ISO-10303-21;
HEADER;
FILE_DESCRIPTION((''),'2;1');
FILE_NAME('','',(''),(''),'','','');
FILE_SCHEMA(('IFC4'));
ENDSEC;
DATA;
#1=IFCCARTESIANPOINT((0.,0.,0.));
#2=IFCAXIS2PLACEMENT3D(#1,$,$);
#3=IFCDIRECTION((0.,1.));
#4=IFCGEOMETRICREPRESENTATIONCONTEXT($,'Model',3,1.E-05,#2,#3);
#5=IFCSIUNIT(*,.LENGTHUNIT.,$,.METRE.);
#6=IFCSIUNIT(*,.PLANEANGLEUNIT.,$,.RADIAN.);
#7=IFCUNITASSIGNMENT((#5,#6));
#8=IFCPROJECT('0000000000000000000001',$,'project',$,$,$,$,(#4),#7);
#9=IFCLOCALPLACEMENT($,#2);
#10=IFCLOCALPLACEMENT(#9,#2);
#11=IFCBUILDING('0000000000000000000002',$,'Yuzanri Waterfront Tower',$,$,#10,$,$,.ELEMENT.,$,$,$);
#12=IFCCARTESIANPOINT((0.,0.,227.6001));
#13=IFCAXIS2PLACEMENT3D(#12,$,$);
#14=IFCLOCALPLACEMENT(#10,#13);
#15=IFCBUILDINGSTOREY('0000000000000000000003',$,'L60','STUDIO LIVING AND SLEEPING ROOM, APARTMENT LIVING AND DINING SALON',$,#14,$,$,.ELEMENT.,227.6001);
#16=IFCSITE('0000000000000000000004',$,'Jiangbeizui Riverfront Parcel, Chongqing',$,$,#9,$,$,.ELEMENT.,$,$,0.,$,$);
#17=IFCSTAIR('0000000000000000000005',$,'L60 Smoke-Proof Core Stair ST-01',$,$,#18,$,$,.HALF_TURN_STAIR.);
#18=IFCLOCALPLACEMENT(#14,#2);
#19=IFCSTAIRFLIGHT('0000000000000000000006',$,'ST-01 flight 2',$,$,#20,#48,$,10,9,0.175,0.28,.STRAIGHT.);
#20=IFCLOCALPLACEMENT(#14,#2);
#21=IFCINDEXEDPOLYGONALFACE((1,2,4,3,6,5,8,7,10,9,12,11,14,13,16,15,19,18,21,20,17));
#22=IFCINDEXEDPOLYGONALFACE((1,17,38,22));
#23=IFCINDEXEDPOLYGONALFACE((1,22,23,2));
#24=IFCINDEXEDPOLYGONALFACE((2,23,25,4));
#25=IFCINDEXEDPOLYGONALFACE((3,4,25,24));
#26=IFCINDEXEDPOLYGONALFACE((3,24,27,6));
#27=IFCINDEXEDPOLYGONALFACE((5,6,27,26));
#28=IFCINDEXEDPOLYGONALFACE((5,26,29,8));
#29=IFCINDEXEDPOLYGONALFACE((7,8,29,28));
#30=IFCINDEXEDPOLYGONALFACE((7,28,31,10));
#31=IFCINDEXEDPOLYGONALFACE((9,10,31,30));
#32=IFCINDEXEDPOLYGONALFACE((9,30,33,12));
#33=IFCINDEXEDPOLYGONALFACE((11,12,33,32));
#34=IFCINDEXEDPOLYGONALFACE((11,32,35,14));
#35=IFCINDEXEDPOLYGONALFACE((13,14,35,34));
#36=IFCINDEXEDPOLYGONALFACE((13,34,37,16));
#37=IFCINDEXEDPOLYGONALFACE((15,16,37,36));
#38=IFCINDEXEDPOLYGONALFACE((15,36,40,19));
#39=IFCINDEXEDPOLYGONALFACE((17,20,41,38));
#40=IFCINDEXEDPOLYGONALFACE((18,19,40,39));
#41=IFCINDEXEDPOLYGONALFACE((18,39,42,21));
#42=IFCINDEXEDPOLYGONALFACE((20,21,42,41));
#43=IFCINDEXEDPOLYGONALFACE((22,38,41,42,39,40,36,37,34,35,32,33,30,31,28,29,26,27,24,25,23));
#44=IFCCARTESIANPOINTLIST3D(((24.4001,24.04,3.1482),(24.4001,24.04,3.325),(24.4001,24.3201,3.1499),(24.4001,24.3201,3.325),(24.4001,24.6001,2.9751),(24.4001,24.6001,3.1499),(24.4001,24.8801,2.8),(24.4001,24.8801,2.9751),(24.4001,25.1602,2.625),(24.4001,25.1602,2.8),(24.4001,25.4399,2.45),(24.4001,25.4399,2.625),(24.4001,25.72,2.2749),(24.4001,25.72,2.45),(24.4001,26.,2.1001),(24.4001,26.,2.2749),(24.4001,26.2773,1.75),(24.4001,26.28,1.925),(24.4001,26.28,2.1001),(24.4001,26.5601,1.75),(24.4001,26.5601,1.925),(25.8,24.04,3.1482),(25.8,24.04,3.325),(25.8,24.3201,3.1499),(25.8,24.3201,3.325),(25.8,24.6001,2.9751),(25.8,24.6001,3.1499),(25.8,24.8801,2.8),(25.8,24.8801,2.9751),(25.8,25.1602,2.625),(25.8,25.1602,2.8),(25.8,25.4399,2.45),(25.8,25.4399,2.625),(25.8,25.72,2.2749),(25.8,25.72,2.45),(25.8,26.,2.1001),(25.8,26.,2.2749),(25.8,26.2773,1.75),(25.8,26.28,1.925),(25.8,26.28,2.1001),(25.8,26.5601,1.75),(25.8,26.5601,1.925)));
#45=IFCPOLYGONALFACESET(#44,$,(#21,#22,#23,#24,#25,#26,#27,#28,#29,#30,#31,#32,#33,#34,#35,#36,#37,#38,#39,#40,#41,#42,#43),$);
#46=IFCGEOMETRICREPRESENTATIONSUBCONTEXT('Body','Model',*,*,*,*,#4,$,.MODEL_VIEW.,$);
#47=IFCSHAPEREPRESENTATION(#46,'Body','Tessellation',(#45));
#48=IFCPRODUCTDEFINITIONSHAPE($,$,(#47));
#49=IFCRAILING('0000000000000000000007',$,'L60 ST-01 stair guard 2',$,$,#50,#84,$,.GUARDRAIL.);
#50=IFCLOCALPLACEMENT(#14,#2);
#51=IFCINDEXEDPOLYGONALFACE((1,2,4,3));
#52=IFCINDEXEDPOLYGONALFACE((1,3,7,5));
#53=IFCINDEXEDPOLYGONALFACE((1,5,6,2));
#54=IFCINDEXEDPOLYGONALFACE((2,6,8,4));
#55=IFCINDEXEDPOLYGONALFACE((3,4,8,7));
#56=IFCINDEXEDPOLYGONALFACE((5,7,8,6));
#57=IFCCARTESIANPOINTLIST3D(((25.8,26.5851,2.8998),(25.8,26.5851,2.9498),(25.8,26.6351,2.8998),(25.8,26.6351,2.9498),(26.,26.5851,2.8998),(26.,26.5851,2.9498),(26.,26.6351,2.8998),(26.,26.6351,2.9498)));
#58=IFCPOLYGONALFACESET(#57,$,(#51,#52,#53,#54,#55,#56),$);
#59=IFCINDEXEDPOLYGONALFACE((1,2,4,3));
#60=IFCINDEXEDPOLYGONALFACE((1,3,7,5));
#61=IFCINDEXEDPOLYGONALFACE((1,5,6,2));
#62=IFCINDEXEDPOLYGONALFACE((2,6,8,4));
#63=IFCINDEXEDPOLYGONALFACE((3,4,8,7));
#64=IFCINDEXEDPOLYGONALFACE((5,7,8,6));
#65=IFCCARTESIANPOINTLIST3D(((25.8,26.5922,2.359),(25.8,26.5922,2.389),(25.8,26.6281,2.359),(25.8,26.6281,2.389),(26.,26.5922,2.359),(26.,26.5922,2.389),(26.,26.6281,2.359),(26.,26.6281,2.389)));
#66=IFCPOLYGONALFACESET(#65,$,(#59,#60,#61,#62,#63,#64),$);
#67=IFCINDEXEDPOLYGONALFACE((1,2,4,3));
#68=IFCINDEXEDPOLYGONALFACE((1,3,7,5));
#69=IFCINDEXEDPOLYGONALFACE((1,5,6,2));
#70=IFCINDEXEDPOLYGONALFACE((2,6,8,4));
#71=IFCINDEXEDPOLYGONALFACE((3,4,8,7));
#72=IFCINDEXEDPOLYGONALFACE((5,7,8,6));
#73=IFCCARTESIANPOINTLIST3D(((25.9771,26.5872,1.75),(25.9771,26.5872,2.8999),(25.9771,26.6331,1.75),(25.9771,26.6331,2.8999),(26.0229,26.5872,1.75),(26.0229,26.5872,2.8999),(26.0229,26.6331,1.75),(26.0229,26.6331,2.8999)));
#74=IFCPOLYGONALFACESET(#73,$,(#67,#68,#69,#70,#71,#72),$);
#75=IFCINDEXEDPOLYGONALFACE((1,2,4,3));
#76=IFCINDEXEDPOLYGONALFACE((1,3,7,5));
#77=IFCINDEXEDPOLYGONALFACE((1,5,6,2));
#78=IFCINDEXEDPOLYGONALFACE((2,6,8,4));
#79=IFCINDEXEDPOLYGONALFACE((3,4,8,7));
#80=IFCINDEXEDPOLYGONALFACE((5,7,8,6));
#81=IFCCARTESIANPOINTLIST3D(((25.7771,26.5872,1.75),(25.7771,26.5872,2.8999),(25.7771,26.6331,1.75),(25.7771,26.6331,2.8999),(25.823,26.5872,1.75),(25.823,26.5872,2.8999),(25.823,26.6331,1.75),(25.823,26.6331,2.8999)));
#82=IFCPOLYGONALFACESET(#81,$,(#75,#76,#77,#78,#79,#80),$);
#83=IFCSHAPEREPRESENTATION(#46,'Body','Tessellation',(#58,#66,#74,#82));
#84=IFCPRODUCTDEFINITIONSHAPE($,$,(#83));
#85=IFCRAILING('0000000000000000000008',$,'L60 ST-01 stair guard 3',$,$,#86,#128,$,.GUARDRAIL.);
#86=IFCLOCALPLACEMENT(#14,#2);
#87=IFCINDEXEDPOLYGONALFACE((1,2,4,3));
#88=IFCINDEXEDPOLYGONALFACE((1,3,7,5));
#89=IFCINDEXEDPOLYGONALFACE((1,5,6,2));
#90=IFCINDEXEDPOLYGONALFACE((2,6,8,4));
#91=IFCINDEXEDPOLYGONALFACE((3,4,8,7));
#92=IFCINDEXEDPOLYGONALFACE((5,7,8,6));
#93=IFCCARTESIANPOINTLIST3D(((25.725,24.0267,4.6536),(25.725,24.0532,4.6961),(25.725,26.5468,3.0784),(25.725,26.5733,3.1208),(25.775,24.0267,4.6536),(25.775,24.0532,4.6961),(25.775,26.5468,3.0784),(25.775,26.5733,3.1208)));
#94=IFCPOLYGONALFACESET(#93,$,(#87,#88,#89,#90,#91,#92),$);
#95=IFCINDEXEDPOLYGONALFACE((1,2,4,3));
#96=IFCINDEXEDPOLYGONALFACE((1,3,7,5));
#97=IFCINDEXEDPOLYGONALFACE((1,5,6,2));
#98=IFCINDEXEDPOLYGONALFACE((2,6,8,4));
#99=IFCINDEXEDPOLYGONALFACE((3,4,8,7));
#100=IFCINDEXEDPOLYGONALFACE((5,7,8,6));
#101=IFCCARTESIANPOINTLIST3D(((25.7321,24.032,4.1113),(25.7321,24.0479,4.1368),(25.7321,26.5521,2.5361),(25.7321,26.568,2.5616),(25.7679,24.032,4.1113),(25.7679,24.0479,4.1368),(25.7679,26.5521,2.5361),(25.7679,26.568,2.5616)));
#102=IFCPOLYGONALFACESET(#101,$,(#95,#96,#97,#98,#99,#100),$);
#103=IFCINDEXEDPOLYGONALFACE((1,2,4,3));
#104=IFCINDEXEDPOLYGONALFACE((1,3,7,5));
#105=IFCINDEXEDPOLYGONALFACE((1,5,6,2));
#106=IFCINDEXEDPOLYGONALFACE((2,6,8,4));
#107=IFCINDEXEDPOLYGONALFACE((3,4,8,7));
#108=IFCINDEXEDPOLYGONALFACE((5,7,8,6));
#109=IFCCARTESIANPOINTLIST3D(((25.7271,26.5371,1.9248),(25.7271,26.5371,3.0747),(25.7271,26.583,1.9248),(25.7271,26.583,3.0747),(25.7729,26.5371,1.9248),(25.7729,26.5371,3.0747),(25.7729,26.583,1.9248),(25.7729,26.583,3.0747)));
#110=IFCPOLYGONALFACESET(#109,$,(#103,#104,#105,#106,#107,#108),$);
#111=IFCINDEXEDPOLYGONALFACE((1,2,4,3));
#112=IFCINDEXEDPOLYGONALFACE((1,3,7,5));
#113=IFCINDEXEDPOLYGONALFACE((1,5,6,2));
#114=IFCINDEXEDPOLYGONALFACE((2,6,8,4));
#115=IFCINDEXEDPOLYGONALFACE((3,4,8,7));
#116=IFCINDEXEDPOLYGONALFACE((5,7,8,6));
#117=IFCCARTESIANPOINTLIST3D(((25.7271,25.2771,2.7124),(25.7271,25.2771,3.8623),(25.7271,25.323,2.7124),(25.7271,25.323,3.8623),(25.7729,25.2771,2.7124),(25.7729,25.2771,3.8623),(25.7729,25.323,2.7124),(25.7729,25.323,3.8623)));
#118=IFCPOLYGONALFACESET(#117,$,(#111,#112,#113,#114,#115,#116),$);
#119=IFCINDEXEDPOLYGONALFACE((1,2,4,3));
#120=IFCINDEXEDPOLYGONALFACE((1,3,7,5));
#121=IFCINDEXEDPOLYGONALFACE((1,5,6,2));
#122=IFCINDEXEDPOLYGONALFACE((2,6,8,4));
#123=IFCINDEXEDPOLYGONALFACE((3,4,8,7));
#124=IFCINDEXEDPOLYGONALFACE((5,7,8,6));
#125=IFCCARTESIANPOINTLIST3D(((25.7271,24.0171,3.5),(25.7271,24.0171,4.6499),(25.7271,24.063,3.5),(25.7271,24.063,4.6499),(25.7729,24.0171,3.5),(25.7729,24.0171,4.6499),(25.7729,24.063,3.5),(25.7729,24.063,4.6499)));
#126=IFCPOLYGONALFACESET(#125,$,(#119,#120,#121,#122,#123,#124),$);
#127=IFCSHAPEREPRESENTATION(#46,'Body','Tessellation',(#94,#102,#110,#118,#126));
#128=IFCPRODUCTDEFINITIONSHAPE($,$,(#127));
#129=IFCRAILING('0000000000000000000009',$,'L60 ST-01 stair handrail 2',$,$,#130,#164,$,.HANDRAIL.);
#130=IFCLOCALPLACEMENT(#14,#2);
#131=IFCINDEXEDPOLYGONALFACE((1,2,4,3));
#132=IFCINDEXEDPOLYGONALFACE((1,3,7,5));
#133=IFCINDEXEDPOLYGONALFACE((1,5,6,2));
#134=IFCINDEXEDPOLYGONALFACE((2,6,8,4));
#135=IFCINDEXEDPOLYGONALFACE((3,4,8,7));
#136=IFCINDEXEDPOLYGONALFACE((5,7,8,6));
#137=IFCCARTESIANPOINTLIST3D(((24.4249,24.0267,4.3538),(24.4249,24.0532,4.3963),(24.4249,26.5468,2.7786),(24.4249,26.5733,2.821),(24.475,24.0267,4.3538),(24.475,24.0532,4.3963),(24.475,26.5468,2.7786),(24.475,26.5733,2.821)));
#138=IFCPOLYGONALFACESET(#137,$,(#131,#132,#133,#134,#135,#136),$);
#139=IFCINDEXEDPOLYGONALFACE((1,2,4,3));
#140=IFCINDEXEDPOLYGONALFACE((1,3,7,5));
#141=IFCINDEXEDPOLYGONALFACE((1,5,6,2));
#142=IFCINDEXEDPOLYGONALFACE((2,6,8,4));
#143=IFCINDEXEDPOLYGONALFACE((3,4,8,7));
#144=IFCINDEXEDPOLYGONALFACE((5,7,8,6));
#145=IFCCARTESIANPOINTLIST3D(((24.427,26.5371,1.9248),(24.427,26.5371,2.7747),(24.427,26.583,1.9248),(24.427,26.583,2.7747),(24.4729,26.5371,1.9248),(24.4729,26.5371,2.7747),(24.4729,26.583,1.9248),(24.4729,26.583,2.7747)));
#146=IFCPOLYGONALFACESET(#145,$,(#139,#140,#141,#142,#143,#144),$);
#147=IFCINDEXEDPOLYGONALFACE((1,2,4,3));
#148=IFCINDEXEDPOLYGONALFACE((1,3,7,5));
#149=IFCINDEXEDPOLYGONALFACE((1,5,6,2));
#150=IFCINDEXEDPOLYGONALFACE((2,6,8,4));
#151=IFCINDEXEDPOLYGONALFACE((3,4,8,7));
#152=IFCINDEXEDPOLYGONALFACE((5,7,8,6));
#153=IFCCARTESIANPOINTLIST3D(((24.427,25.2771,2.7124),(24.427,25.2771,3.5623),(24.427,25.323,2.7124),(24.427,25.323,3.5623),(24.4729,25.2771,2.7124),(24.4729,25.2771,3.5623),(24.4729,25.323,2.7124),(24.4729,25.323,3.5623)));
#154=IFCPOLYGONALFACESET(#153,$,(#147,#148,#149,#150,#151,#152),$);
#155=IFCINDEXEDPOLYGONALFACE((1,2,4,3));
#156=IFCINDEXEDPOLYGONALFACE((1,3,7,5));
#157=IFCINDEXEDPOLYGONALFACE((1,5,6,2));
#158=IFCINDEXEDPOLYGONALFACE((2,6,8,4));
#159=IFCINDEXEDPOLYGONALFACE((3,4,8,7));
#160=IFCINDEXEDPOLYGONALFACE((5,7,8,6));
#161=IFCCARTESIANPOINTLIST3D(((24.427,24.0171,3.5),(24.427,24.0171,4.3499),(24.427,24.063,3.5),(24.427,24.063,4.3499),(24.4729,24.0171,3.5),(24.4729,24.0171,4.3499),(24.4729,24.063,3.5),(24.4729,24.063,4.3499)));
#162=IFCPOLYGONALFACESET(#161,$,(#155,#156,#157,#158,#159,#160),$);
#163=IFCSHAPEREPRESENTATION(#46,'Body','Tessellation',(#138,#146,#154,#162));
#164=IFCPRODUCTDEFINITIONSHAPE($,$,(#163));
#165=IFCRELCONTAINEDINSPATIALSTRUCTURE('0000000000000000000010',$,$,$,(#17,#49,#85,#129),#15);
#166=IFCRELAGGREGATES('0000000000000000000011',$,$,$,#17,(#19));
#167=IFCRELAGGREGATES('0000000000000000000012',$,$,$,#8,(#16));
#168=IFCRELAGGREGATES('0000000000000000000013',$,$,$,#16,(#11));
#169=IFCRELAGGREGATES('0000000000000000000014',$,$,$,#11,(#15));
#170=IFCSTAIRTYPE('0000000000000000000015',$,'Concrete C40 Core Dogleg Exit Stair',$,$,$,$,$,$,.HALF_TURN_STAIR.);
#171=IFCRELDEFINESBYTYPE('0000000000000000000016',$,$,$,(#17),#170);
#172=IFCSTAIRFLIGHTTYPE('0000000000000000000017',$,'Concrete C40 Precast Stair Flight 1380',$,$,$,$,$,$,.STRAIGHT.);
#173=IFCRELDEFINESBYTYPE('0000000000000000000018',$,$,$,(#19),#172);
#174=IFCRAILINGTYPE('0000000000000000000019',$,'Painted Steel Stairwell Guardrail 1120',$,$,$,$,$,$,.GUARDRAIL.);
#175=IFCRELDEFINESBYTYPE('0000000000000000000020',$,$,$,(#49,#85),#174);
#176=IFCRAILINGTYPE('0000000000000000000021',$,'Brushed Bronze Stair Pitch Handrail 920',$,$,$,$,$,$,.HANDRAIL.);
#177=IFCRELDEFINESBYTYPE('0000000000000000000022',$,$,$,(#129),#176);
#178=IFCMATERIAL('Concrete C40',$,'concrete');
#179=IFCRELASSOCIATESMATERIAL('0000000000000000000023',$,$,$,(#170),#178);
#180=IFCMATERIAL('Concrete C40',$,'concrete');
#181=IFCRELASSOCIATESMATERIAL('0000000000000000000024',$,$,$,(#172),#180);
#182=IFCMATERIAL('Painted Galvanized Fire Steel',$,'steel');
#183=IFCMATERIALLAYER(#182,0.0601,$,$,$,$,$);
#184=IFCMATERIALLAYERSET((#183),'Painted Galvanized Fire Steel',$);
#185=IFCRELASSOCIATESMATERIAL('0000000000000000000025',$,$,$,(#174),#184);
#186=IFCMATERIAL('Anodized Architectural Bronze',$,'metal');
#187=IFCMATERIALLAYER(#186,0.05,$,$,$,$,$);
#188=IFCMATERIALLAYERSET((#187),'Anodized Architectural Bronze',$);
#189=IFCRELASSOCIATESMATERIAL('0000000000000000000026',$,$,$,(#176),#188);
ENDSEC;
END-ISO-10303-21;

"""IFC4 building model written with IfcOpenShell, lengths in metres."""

from ifc_helpers import new_model, si_unit, direction, frame, origin, origin_2d, place, context, subcontext, project, spatial, polyline, rectangle, outline, extrude, source, transform, mapped, material, layer, layer_set, type_object, element, aggregate, save


model = new_model("IFC4")

# Units and contexts
model_context = context("Model", 3, precision=1e-05, world=origin(), true_north=direction((0.0, 1.0)))
body_context = subcontext(model_context, "Body", "Model", "MODEL_VIEW")
ifc_project = project(units=[si_unit("LENGTHUNIT", "METRE"), si_unit("PLANEANGLEUNIT", "RADIAN")], contexts=[model_context])

# Site, building, storey
site_placement = place(None, origin())
site = spatial("IfcSite", under=ifc_project, at=site_placement, Name="Jiangbeizui Riverfront Parcel, Chongqing", CompositionType="ELEMENT", RefElevation=0.0)
building_placement = place(site_placement, origin())
building = spatial("IfcBuilding", under=site, at=building_placement, Name="Yuzanri Waterfront Tower", CompositionType="ELEMENT")
storey_placement = place(building_placement, frame((0.0, 0.0, 227.6001)))
storey = spatial("IfcBuildingStorey", under=building, at=storey_placement, Name="L60", Description="STUDIO LIVING AND SLEEPING ROOM, APARTMENT LIVING AND DINING SALON", CompositionType="ELEMENT", Elevation=227.6001)

# Stair, stair flight
ifc_material_1 = material(Name="Concrete C40", Category="concrete")
stair_type = type_object("IfcStairType", Name="Concrete C40 Core Dogleg Exit Stair", PredefinedType="HALF_TURN_STAIR", material=ifc_material_1)
stair_placement = place(storey_placement, origin())
stair = element("IfcStair", 1, at=stair_placement, inside=storey, type_object=stair_type, Name="L60 Smoke-Proof Core Stair ST-01", PredefinedType="HALF_TURN_STAIR")
ifc_material_2 = material(Name="Concrete C40", Category="concrete")
stair_flight_type = type_object("IfcStairFlightType", Name="Concrete C40 Precast Stair Flight 1380", PredefinedType="STRAIGHT", material=ifc_material_2)
shared_shape_1 = source(origin(), body_context, "Body", "SweptSolid", [
    extrude(outline(polyline([(0.0, 0.0), (0.0, 0.175), (0.28, 0.175), (0.28, 0.3501), (0.5601, 0.3501), (0.5601, 0.5249), (0.8401, 0.5249), (0.8401, 0.7), (1.1201, 0.7), (1.1201, 0.875), (1.3999, 0.875), (1.3999, 1.05), (1.6799, 1.05), (1.6799, 1.2251), (1.96, 1.2251), (1.96, 1.3999), (2.24, 1.3999), (2.24, 1.575), (2.52, 1.575), (2.52, 1.75), (2.52, 1.3982), (0.2827, 0.0), (0.0, 0.0)])), frame((0.0, 0.7, 0.0), z_axis=(0.0, -1.0, 0.0), x_axis=(1.0, 0.0, 0.0)), (0.0, 0.0, 1.0), 1.3999),
])
stair_flight_placement = place(storey_placement, frame((25.1001, 26.5601, 1.75), z_axis=(0.0, 0.0, 1.0), x_axis=(0.0, -1.0, 0.0)))
stair_flight = element("IfcStairFlight", 2, at=stair_flight_placement, type_object=stair_flight_type, Name="ST-01 flight 2", NumberOfRisers=10, NumberOfTreads=9, PredefinedType="STRAIGHT", RiserHeight=0.175, TreadLength=0.28, context=body_context, shape_type="MappedRepresentation", body=[
    mapped(shared_shape_1, transform((0.0, 0.0, 0.0), scale=1.0)),
])
aggregate(stair, [stair_flight])

# Railings
ifc_material_3 = material(Name="Painted Galvanized Fire Steel", Category="steel")
ifc_layer_1 = layer(ifc_material_3, 0.0601)
ifc_layer_set_1 = layer_set([ifc_layer_1], Name="Painted Galvanized Fire Steel")
railing_type_1 = type_object("IfcRailingType", Name="Painted Steel Stairwell Guardrail 1120", PredefinedType="GUARDRAIL", material=ifc_layer_set_1)
shared_shape_2 = source(origin(), body_context, "Body", "SweptSolid", [
    extrude(rectangle(XDim=0.05, YDim=0.05, at=origin_2d()), frame((0.0, 0.0, 1.1748), z_axis=(-1.0, 0.0, 0.0), x_axis=(0.0, -1.0, 0.0)), (0.0, 0.0, 1.0), 0.2),
    extrude(rectangle(XDim=0.0359, YDim=0.03, at=origin_2d()), frame((0.0, 0.0, 0.624), z_axis=(-1.0, 0.0, 0.0), x_axis=(0.0, -1.0, 0.0)), (0.0, 0.0, 1.0), 0.2),
    extrude(rectangle(XDim=0.0459, YDim=0.0459, at=origin_2d()), origin(), (0.0, 0.0, 1.0), 1.1499),
    extrude(rectangle(XDim=0.0459, YDim=0.0459, at=origin_2d()), frame((-0.2, 0.0, 0.0)), (0.0, 0.0, 1.0), 1.1499),
])
railing_1_placement = place(storey_placement, frame((26.0, 26.6101, 1.75)))
element("IfcRailing", 3, at=railing_1_placement, inside=storey, type_object=railing_type_1, Name="L60 ST-01 stair guard 2", PredefinedType="GUARDRAIL", context=body_context, shape_type="MappedRepresentation", body=[
    mapped(shared_shape_2, transform((0.0, 0.0, 0.0), scale=1.0)),
])
shared_shape_3 = source(origin(), body_context, "Body", "SweptSolid", [
    extrude(rectangle(XDim=0.05, YDim=0.05, at=origin_2d()), frame((0.0, 0.0, 1.1748), z_axis=(0.0, -0.847971, 0.530043), x_axis=(1.0, 0.0, 0.0)), (0.0, 0.0, 1.0), 2.9719),
    extrude(rectangle(XDim=0.0359, YDim=0.03, at=origin_2d()), frame((0.0, 0.0, 0.624), z_axis=(0.0, -0.847971, 0.530043), x_axis=(1.0, 0.0, 0.0)), (0.0, 0.0, 1.0), 2.9719),
    extrude(rectangle(XDim=0.0459, YDim=0.0459, at=origin_2d()), origin(), (0.0, 0.0, 1.0), 1.1499),
    extrude(rectangle(XDim=0.0459, YDim=0.0459, at=origin_2d()), frame((0.0, -1.26, 0.7876)), (0.0, 0.0, 1.0), 1.1499),
    extrude(rectangle(XDim=0.0459, YDim=0.0459, at=origin_2d()), frame((0.0, -2.52, 1.5752)), (0.0, 0.0, 1.0), 1.1499),
])
railing_2_placement = place(storey_placement, frame((25.75, 26.5601, 1.9248)))
element("IfcRailing", 4, at=railing_2_placement, inside=storey, type_object=railing_type_1, Name="L60 ST-01 stair guard 3", PredefinedType="GUARDRAIL", context=body_context, shape_type="MappedRepresentation", body=[
    mapped(shared_shape_3, transform((0.0, 0.0, 0.0), scale=1.0)),
])
ifc_material_4 = material(Name="Anodized Architectural Bronze", Category="metal")
ifc_layer_2 = layer(ifc_material_4, 0.05)
ifc_layer_set_2 = layer_set([ifc_layer_2], Name="Anodized Architectural Bronze")
railing_type_2 = type_object("IfcRailingType", Name="Brushed Bronze Stair Pitch Handrail 920", PredefinedType="HANDRAIL", material=ifc_layer_set_2)
shared_shape_4 = source(origin(), body_context, "Body", "SweptSolid", [
    extrude(rectangle(XDim=0.05, YDim=0.05, at=origin_2d()), frame((0.0, 0.0, 0.875), z_axis=(0.0, -0.847971, 0.530043), x_axis=(1.0, 0.0, 0.0)), (0.0, 0.0, 1.0), 2.9719),
    extrude(rectangle(XDim=0.0459, YDim=0.0459, at=origin_2d()), origin(), (0.0, 0.0, 1.0), 0.8499),
    extrude(rectangle(XDim=0.0459, YDim=0.0459, at=origin_2d()), frame((0.0, -1.26, 0.7876)), (0.0, 0.0, 1.0), 0.8499),
    extrude(rectangle(XDim=0.0459, YDim=0.0459, at=origin_2d()), frame((0.0, -2.52, 1.5752)), (0.0, 0.0, 1.0), 0.8499),
])
railing_3_placement = place(storey_placement, frame((24.45, 26.5601, 1.9248)))
element("IfcRailing", 5, at=railing_3_placement, inside=storey, type_object=railing_type_2, Name="L60 ST-01 stair handrail 2", PredefinedType="HANDRAIL", context=body_context, shape_type="MappedRepresentation", body=[
    mapped(shared_shape_4, transform((0.0, 0.0, 0.0), scale=1.0)),
])

save(model, "model.ifc")
